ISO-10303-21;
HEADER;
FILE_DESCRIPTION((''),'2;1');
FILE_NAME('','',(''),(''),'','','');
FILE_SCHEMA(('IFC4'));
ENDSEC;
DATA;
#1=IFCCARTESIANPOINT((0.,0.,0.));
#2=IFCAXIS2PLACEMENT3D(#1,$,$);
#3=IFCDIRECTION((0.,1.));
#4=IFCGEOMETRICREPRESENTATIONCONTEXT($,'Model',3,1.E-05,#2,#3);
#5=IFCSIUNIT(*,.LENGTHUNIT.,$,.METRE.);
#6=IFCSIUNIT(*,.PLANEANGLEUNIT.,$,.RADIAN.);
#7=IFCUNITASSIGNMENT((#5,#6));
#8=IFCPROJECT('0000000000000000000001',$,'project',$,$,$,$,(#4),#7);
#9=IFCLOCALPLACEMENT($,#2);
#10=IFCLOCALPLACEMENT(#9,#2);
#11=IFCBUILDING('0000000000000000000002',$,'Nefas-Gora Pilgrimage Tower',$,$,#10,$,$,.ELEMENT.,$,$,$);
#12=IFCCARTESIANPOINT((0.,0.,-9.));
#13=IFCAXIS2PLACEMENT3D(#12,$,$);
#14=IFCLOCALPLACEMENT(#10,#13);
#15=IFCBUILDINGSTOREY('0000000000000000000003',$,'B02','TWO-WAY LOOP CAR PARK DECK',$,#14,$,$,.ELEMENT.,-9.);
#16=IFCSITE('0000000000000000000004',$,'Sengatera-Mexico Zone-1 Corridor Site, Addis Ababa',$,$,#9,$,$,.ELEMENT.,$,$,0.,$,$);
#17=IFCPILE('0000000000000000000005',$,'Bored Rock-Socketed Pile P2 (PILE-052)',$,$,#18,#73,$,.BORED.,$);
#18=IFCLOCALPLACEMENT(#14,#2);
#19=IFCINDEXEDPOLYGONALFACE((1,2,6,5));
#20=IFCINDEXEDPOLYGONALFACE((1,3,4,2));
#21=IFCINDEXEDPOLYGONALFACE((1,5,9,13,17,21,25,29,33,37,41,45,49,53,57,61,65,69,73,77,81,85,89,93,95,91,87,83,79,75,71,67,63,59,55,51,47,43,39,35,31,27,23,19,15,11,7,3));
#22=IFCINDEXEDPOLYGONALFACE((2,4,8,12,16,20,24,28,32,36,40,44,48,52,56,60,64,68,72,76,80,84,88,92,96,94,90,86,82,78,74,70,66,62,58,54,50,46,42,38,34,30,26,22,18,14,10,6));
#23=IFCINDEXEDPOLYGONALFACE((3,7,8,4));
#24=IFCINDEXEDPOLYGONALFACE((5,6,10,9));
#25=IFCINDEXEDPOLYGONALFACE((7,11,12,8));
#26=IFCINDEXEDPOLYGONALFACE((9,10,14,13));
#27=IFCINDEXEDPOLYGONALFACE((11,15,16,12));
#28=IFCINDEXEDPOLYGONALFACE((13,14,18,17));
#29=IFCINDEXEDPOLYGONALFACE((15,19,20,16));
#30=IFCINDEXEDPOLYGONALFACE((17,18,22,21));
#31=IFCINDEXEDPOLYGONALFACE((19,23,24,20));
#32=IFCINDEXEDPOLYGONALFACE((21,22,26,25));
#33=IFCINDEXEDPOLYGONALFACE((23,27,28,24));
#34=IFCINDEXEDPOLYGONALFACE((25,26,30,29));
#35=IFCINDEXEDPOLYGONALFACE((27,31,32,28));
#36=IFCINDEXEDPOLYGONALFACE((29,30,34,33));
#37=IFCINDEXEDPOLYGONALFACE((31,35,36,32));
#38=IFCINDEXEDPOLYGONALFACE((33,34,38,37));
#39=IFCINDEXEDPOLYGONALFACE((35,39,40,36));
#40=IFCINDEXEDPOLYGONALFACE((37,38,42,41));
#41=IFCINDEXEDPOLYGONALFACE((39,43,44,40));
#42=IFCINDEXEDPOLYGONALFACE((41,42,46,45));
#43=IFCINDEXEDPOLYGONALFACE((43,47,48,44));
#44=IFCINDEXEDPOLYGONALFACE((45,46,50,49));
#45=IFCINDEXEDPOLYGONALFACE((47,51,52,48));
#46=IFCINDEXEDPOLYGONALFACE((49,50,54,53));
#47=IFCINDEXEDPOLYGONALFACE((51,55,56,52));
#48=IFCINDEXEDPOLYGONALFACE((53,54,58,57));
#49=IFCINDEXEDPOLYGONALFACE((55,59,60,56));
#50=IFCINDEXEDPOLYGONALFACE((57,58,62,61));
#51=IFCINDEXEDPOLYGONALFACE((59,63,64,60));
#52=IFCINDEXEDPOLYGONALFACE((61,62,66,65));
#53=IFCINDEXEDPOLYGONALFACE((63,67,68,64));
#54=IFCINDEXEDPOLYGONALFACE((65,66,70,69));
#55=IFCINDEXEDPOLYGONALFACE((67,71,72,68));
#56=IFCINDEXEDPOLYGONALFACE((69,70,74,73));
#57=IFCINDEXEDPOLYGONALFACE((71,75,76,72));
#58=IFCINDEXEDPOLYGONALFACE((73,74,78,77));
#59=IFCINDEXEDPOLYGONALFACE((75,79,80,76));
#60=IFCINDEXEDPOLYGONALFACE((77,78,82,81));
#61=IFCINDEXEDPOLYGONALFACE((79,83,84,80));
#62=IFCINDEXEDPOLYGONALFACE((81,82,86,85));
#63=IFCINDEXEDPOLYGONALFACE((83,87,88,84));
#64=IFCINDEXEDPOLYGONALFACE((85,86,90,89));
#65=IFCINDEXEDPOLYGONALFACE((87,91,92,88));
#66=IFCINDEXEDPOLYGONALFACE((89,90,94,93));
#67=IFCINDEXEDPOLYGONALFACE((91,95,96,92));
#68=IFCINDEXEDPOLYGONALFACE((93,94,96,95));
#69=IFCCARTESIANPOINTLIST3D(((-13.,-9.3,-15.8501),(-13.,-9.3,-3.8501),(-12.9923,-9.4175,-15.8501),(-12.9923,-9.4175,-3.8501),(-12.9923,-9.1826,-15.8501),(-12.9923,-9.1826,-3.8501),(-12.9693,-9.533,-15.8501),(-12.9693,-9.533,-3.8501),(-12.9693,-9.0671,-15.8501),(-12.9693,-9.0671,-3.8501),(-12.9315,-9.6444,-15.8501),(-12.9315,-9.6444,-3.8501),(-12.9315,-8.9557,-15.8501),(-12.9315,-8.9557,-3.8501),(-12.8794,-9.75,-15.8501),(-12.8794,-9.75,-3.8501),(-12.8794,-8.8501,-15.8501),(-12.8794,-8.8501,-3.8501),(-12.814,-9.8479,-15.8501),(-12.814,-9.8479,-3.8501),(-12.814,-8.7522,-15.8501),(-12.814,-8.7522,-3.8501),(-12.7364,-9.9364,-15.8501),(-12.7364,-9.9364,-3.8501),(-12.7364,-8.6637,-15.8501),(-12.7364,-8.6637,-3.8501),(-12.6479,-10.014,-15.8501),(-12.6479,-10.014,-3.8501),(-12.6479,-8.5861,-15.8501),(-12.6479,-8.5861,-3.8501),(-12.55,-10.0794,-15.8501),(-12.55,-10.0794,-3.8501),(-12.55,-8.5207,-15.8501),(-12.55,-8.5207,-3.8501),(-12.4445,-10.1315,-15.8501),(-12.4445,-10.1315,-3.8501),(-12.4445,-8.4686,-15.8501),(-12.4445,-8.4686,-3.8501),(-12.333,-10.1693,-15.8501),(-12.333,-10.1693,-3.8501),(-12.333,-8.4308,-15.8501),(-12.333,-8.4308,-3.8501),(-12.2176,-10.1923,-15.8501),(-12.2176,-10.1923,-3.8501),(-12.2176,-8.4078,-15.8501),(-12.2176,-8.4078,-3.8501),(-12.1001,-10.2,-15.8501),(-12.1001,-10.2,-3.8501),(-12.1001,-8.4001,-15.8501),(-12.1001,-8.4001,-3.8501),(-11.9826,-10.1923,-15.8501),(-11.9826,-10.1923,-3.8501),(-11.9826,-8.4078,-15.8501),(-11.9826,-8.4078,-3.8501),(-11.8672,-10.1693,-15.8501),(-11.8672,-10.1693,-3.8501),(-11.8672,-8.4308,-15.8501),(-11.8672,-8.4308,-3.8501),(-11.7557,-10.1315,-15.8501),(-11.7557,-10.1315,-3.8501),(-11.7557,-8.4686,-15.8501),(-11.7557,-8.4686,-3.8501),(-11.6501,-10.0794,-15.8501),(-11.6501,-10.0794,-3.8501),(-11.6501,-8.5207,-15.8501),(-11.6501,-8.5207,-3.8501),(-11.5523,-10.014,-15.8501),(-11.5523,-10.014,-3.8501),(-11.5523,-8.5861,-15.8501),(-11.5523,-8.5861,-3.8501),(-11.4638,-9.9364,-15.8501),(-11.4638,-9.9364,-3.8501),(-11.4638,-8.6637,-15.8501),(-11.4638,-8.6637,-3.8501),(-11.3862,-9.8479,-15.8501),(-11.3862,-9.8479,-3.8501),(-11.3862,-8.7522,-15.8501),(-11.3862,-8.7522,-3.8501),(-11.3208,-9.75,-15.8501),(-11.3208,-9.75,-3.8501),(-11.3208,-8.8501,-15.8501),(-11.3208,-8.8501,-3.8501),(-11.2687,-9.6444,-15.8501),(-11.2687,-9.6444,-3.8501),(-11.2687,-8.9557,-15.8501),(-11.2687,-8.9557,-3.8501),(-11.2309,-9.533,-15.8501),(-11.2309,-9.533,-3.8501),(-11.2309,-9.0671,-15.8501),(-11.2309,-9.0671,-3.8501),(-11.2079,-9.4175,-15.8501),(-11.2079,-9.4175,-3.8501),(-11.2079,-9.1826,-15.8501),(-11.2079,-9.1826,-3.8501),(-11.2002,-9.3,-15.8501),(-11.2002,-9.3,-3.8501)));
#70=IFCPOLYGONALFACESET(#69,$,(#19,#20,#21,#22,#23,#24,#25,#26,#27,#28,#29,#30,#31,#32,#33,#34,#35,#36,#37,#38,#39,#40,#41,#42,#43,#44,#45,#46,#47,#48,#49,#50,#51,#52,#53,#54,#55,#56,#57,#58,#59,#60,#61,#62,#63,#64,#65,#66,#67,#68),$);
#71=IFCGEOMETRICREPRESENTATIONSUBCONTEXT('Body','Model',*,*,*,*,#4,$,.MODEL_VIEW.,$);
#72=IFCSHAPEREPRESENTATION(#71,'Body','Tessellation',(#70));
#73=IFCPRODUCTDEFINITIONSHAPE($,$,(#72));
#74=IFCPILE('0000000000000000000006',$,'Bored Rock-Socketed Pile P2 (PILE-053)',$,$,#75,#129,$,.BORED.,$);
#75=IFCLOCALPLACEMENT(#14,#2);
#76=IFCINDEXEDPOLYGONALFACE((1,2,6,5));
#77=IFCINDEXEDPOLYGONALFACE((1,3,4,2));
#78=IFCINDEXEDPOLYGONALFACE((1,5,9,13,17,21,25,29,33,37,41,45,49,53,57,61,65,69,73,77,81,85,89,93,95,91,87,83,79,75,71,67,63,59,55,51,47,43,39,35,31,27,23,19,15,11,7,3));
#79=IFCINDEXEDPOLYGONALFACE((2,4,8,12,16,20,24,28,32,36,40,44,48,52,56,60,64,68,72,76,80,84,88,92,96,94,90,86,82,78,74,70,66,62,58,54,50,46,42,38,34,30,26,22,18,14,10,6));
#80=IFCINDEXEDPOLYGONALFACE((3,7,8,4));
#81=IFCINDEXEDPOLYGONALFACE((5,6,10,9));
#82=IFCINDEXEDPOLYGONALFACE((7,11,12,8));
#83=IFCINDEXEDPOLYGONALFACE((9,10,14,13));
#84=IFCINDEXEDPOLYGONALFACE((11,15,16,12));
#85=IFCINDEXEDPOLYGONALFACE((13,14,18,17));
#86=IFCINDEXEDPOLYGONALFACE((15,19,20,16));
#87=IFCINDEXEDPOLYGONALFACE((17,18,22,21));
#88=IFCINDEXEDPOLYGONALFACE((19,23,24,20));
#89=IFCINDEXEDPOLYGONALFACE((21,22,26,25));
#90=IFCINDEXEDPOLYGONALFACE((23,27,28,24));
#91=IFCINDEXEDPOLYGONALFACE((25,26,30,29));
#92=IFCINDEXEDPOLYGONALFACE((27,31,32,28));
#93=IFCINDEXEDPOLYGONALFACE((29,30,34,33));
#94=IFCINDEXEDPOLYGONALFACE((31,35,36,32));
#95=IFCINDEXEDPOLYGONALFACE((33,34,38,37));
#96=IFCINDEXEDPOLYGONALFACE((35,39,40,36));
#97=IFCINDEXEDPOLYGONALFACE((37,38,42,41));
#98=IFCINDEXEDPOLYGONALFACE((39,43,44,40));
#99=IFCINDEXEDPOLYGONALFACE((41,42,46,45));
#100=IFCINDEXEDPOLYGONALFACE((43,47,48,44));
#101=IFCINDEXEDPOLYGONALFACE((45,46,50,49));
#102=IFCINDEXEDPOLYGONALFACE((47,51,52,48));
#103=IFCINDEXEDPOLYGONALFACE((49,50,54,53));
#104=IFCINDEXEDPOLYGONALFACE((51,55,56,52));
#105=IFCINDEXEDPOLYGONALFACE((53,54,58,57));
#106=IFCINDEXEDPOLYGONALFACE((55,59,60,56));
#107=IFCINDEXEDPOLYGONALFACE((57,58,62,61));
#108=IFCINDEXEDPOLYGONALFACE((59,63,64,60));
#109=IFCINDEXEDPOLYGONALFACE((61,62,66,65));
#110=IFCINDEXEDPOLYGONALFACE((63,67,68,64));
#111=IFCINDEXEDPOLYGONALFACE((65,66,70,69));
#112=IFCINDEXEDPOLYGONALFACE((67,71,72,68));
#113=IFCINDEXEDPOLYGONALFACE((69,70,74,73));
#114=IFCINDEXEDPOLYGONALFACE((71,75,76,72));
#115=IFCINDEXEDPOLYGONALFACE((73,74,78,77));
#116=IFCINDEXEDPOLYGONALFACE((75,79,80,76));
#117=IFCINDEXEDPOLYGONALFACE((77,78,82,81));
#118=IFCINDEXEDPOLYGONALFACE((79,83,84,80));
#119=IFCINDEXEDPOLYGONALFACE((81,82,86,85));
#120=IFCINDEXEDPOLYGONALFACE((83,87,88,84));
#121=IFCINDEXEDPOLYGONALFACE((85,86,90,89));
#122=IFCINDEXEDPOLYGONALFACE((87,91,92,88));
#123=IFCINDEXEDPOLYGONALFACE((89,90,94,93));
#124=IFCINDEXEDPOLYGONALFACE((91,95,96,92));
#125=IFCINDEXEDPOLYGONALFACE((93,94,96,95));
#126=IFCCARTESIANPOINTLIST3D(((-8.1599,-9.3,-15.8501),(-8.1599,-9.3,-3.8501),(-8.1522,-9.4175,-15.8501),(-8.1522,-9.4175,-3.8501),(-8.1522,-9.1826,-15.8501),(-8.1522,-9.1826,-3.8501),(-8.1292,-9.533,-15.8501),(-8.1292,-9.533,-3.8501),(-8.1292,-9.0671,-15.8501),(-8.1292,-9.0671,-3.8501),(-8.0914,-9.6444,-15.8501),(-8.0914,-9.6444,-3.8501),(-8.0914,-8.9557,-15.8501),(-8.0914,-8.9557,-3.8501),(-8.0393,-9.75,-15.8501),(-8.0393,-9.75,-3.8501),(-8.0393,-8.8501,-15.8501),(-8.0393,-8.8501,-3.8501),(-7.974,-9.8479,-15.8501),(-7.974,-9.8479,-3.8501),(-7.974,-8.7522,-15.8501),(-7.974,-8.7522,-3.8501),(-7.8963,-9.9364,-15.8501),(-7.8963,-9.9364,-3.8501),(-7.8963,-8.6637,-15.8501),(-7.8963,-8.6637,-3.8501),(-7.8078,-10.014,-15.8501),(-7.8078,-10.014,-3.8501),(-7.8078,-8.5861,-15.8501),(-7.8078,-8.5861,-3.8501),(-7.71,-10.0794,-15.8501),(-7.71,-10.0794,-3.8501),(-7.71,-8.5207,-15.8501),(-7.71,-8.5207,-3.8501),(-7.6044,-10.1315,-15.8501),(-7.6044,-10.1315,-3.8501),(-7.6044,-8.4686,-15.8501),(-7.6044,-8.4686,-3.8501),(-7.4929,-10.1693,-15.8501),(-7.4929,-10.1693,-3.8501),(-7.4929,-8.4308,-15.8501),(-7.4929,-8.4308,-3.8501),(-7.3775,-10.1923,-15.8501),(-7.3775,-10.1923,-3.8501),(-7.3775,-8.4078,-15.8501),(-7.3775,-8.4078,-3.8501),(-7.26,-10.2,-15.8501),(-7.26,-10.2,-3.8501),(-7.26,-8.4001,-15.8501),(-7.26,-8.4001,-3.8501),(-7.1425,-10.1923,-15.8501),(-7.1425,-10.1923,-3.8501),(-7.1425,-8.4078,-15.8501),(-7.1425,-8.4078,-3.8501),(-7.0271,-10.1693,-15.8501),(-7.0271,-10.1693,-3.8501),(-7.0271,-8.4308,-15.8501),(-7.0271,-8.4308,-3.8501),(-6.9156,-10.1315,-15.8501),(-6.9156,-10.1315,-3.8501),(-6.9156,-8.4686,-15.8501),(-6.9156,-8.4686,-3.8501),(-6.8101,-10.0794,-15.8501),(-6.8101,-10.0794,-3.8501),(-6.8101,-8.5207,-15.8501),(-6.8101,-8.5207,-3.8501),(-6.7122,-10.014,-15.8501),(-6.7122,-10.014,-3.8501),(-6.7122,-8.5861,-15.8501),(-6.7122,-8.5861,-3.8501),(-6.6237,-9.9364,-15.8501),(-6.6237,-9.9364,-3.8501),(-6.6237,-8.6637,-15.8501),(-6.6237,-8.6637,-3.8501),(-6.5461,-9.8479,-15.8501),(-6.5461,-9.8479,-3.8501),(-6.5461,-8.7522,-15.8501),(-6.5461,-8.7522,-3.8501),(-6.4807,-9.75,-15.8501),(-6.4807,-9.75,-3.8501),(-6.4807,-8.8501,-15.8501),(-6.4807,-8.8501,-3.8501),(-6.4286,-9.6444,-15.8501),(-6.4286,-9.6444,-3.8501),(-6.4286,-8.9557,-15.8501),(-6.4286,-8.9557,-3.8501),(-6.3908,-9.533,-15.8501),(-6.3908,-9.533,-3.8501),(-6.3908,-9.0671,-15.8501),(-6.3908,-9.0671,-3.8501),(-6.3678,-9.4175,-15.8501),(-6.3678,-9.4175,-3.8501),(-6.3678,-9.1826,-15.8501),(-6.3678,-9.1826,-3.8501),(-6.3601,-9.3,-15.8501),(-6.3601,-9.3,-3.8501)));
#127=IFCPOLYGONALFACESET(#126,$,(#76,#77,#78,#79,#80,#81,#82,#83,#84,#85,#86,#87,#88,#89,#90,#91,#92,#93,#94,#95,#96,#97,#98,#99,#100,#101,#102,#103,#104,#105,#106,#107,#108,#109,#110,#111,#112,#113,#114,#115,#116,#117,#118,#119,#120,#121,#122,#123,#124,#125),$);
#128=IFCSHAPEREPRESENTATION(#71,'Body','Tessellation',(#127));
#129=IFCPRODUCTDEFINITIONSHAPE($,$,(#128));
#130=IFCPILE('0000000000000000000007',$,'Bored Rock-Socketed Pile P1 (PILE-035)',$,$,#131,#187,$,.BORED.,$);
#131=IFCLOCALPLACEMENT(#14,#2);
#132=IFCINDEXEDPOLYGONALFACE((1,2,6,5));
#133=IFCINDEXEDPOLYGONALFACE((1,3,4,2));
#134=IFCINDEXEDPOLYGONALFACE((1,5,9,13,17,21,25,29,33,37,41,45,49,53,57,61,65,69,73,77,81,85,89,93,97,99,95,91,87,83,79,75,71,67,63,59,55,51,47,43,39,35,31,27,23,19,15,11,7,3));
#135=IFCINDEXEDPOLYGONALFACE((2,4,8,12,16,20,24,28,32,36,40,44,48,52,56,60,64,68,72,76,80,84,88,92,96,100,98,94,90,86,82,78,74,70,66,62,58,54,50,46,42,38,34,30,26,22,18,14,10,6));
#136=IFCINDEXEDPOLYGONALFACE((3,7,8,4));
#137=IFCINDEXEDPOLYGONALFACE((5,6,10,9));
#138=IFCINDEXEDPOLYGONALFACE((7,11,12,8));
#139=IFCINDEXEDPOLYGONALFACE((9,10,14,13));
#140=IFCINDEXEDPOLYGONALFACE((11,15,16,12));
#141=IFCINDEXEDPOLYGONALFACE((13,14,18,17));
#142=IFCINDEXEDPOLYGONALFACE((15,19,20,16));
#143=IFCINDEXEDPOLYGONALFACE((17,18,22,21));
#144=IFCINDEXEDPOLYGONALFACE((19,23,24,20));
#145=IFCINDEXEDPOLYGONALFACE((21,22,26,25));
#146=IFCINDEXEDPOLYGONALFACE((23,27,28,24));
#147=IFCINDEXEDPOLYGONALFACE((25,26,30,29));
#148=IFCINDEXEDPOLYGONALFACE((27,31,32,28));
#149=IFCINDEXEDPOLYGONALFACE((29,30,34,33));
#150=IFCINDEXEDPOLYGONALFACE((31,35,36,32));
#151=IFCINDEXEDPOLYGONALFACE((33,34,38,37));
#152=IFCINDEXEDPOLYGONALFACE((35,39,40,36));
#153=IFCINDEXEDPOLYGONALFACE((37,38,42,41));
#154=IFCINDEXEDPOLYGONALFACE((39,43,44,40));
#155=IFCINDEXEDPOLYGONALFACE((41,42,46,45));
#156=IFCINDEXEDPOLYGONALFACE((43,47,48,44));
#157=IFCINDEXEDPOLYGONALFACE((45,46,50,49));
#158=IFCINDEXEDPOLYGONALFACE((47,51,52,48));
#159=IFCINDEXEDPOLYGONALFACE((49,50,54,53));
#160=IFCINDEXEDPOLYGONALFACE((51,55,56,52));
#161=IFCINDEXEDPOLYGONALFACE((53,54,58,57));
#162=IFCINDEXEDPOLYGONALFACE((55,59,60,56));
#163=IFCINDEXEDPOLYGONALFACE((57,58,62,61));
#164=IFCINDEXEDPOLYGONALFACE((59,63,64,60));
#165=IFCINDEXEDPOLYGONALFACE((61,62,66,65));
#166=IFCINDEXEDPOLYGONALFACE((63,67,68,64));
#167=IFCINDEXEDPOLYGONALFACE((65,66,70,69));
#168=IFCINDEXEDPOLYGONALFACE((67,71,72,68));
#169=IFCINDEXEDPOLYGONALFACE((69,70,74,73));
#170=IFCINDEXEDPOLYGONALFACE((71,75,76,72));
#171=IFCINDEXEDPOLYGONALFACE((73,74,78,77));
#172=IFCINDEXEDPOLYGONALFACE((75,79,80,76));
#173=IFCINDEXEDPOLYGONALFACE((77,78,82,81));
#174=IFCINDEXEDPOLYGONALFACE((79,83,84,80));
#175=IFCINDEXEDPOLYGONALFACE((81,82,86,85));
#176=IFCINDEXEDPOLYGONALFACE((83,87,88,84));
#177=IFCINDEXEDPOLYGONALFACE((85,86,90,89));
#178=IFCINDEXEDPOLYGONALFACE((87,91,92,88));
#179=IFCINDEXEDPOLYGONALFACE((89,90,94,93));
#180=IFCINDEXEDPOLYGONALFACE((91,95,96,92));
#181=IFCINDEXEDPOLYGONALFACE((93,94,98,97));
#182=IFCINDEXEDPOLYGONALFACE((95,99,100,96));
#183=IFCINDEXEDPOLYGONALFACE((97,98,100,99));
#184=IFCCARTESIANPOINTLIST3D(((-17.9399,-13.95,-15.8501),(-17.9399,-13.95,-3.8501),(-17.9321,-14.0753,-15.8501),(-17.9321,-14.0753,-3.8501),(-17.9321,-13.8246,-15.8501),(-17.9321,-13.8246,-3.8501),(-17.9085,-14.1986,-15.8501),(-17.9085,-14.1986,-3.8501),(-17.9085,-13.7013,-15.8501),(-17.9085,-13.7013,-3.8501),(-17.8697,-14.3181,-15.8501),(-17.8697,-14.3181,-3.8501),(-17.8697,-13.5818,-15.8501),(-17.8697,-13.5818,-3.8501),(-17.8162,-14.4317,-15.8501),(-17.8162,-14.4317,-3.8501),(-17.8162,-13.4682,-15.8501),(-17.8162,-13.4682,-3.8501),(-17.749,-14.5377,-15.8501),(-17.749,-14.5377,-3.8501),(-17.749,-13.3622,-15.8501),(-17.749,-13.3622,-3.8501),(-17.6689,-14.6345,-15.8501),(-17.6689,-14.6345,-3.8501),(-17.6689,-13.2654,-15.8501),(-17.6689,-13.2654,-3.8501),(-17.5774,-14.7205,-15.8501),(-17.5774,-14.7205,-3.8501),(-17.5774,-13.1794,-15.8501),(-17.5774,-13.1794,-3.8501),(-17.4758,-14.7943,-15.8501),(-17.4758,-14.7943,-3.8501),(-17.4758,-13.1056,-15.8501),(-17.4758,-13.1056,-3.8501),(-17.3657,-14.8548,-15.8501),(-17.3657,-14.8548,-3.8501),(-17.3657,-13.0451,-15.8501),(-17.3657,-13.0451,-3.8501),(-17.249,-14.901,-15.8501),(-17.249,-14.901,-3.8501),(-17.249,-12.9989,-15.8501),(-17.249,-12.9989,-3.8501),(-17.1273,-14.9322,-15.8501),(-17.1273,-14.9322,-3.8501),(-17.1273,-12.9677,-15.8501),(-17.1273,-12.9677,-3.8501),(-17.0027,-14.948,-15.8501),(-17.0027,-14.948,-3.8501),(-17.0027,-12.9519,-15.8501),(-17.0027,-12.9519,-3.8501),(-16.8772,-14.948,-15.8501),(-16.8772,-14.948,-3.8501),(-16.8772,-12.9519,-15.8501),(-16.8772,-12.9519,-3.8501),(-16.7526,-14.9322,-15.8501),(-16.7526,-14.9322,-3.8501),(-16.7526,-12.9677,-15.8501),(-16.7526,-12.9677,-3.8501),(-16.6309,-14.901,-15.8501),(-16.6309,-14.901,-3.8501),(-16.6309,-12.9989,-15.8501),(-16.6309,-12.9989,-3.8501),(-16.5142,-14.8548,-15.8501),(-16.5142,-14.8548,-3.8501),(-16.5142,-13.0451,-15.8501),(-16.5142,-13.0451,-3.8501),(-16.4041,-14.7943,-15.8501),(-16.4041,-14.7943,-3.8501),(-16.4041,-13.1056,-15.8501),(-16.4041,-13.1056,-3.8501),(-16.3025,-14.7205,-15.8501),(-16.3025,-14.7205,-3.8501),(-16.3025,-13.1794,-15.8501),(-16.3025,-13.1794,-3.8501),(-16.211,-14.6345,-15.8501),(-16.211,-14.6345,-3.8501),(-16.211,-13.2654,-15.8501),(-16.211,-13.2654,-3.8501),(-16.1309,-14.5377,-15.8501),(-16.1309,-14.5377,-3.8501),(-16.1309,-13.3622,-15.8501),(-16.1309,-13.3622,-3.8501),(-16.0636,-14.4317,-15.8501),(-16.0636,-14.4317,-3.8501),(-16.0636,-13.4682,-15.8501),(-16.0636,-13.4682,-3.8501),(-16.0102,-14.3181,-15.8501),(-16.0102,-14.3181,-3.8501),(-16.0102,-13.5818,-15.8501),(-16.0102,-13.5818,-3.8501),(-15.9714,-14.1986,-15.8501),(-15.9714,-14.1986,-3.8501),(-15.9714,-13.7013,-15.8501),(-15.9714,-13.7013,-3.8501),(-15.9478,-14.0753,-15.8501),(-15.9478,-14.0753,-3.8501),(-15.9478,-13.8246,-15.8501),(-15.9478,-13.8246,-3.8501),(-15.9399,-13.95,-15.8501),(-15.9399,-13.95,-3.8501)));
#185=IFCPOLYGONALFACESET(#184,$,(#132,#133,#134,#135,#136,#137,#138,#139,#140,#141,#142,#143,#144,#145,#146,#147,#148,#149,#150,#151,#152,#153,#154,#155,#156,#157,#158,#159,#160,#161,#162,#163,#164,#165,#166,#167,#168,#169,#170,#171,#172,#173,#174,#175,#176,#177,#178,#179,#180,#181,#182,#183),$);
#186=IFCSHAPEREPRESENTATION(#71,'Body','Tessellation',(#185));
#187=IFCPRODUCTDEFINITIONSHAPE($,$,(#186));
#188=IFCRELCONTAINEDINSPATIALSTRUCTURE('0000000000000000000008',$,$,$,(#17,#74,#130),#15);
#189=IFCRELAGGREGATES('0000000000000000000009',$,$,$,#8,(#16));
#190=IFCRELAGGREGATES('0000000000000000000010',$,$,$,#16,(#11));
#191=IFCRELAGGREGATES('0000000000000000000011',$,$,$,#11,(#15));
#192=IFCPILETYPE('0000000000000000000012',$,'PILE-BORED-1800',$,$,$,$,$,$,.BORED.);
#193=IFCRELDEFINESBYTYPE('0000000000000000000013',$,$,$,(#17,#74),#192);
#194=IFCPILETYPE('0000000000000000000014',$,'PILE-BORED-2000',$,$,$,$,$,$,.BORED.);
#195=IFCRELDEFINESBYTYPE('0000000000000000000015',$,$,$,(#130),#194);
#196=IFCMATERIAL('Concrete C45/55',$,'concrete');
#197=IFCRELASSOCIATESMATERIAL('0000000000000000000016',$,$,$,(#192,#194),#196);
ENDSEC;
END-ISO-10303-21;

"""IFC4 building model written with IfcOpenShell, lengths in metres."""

from ifc_helpers import new_model, si_unit, direction, frame, origin, origin_2d, place, context, subcontext, project, spatial, circle, extrude, source, transform, mapped, material, material_profile, profile_set, type_object, element, save


model = new_model("IFC4")

# Units and contexts
model_context = context("Model", 3, precision=1e-05, world=origin(), true_north=direction((0.0, 1.0)))
body_context = subcontext(model_context, "Body", "Model", "MODEL_VIEW")
ifc_project = project(units=[si_unit("LENGTHUNIT", "METRE"), si_unit("PLANEANGLEUNIT", "RADIAN")], contexts=[model_context])

# Site, building, storey
site_placement = place(None, origin())
site = spatial("IfcSite", under=ifc_project, at=site_placement, Name="Sengatera-Mexico Zone-1 Corridor Site, Addis Ababa", CompositionType="ELEMENT", RefElevation=0.0)
building_placement = place(site_placement, origin())
building = spatial("IfcBuilding", under=site, at=building_placement, Name="Nefas-Gora Pilgrimage Tower", CompositionType="ELEMENT")
storey_placement = place(building_placement, frame((0.0, 0.0, -9.0)))
storey = spatial("IfcBuildingStorey", under=building, at=storey_placement, Name="B02", Description="TWO-WAY LOOP CAR PARK DECK", CompositionType="ELEMENT", Elevation=-9.0)

# Piles
ifc_material_1 = material(Name="Concrete C45/55", Category="concrete")
ifc_material_profile_1 = material_profile(ifc_material_1, circle(Radius=0.8999, at=origin_2d()), Name="PILE D1800")
ifc_profile_set_1 = profile_set([ifc_material_profile_1], Name="Concrete C45/55")
pile_type_1 = type_object("IfcPileType", Name="PILE-BORED-1800", PredefinedType="BORED", material=ifc_profile_set_1)
shared_shape_1 = source(origin(), body_context, "Body", "SweptSolid", [
    extrude(circle(Radius=0.8999, at=origin_2d()), origin(), (0.0, 0.0, 1.0), 12.0),
])
for number, where, z_axis, x_axis, name in (
    (1, (-12.1001, -9.3, -3.8501), (0.0, 0.0, -1.0), (1.0, 0.0, 0.0), "Bored Rock-Socketed Pile P2 (PILE-052)"),
    (2, (-7.26, -9.3, -3.8501), (0.0, 0.0, -1.0), (1.0, 0.0, 0.0), "Bored Rock-Socketed Pile P2 (PILE-053)"),
):
    element("IfcPile", number, at=place(storey_placement, frame(where, z_axis=z_axis, x_axis=x_axis)), inside=storey, type_object=pile_type_1, Name=name, PredefinedType="BORED", context=body_context, shape_type="MappedRepresentation", body=[
        mapped(shared_shape_1, transform((0.0, 0.0, 0.0), x_axis=(1.0, 0.0, 0.0), y_axis=(0.0, 1.0, 0.0), z_axis=(0.0, 0.0, 1.0), scale=1.0)),
    ])
ifc_material_profile_2 = material_profile(ifc_material_1, circle(Radius=1.0, at=origin_2d()), Name="PILE D2000")
ifc_profile_set_2 = profile_set([ifc_material_profile_2], Name="Concrete C45/55")
pile_type_2 = type_object("IfcPileType", Name="PILE-BORED-2000", PredefinedType="BORED", material=ifc_profile_set_2)
shared_shape_2 = source(origin(), body_context, "Body", "SweptSolid", [
    extrude(circle(Radius=1.0, at=origin_2d()), origin(), (0.0, 0.0, 1.0), 12.0),
])
for number, where, z_axis, x_axis, name in (
    (3, (-16.9399, -13.95, -3.8501), (0.0, 0.0, -1.0), (1.0, 0.0, 0.0), "Bored Rock-Socketed Pile P1 (PILE-035)"),
):
    element("IfcPile", number, at=place(storey_placement, frame(where, z_axis=z_axis, x_axis=x_axis)), inside=storey, type_object=pile_type_2, Name=name, PredefinedType="BORED", context=body_context, shape_type="MappedRepresentation", body=[
        mapped(shared_shape_2, transform((0.0, 0.0, 0.0), x_axis=(1.0, 0.0, 0.0), y_axis=(0.0, 1.0, 0.0), z_axis=(0.0, 0.0, 1.0), scale=1.0)),
    ])

save(model, "model.ifc")
